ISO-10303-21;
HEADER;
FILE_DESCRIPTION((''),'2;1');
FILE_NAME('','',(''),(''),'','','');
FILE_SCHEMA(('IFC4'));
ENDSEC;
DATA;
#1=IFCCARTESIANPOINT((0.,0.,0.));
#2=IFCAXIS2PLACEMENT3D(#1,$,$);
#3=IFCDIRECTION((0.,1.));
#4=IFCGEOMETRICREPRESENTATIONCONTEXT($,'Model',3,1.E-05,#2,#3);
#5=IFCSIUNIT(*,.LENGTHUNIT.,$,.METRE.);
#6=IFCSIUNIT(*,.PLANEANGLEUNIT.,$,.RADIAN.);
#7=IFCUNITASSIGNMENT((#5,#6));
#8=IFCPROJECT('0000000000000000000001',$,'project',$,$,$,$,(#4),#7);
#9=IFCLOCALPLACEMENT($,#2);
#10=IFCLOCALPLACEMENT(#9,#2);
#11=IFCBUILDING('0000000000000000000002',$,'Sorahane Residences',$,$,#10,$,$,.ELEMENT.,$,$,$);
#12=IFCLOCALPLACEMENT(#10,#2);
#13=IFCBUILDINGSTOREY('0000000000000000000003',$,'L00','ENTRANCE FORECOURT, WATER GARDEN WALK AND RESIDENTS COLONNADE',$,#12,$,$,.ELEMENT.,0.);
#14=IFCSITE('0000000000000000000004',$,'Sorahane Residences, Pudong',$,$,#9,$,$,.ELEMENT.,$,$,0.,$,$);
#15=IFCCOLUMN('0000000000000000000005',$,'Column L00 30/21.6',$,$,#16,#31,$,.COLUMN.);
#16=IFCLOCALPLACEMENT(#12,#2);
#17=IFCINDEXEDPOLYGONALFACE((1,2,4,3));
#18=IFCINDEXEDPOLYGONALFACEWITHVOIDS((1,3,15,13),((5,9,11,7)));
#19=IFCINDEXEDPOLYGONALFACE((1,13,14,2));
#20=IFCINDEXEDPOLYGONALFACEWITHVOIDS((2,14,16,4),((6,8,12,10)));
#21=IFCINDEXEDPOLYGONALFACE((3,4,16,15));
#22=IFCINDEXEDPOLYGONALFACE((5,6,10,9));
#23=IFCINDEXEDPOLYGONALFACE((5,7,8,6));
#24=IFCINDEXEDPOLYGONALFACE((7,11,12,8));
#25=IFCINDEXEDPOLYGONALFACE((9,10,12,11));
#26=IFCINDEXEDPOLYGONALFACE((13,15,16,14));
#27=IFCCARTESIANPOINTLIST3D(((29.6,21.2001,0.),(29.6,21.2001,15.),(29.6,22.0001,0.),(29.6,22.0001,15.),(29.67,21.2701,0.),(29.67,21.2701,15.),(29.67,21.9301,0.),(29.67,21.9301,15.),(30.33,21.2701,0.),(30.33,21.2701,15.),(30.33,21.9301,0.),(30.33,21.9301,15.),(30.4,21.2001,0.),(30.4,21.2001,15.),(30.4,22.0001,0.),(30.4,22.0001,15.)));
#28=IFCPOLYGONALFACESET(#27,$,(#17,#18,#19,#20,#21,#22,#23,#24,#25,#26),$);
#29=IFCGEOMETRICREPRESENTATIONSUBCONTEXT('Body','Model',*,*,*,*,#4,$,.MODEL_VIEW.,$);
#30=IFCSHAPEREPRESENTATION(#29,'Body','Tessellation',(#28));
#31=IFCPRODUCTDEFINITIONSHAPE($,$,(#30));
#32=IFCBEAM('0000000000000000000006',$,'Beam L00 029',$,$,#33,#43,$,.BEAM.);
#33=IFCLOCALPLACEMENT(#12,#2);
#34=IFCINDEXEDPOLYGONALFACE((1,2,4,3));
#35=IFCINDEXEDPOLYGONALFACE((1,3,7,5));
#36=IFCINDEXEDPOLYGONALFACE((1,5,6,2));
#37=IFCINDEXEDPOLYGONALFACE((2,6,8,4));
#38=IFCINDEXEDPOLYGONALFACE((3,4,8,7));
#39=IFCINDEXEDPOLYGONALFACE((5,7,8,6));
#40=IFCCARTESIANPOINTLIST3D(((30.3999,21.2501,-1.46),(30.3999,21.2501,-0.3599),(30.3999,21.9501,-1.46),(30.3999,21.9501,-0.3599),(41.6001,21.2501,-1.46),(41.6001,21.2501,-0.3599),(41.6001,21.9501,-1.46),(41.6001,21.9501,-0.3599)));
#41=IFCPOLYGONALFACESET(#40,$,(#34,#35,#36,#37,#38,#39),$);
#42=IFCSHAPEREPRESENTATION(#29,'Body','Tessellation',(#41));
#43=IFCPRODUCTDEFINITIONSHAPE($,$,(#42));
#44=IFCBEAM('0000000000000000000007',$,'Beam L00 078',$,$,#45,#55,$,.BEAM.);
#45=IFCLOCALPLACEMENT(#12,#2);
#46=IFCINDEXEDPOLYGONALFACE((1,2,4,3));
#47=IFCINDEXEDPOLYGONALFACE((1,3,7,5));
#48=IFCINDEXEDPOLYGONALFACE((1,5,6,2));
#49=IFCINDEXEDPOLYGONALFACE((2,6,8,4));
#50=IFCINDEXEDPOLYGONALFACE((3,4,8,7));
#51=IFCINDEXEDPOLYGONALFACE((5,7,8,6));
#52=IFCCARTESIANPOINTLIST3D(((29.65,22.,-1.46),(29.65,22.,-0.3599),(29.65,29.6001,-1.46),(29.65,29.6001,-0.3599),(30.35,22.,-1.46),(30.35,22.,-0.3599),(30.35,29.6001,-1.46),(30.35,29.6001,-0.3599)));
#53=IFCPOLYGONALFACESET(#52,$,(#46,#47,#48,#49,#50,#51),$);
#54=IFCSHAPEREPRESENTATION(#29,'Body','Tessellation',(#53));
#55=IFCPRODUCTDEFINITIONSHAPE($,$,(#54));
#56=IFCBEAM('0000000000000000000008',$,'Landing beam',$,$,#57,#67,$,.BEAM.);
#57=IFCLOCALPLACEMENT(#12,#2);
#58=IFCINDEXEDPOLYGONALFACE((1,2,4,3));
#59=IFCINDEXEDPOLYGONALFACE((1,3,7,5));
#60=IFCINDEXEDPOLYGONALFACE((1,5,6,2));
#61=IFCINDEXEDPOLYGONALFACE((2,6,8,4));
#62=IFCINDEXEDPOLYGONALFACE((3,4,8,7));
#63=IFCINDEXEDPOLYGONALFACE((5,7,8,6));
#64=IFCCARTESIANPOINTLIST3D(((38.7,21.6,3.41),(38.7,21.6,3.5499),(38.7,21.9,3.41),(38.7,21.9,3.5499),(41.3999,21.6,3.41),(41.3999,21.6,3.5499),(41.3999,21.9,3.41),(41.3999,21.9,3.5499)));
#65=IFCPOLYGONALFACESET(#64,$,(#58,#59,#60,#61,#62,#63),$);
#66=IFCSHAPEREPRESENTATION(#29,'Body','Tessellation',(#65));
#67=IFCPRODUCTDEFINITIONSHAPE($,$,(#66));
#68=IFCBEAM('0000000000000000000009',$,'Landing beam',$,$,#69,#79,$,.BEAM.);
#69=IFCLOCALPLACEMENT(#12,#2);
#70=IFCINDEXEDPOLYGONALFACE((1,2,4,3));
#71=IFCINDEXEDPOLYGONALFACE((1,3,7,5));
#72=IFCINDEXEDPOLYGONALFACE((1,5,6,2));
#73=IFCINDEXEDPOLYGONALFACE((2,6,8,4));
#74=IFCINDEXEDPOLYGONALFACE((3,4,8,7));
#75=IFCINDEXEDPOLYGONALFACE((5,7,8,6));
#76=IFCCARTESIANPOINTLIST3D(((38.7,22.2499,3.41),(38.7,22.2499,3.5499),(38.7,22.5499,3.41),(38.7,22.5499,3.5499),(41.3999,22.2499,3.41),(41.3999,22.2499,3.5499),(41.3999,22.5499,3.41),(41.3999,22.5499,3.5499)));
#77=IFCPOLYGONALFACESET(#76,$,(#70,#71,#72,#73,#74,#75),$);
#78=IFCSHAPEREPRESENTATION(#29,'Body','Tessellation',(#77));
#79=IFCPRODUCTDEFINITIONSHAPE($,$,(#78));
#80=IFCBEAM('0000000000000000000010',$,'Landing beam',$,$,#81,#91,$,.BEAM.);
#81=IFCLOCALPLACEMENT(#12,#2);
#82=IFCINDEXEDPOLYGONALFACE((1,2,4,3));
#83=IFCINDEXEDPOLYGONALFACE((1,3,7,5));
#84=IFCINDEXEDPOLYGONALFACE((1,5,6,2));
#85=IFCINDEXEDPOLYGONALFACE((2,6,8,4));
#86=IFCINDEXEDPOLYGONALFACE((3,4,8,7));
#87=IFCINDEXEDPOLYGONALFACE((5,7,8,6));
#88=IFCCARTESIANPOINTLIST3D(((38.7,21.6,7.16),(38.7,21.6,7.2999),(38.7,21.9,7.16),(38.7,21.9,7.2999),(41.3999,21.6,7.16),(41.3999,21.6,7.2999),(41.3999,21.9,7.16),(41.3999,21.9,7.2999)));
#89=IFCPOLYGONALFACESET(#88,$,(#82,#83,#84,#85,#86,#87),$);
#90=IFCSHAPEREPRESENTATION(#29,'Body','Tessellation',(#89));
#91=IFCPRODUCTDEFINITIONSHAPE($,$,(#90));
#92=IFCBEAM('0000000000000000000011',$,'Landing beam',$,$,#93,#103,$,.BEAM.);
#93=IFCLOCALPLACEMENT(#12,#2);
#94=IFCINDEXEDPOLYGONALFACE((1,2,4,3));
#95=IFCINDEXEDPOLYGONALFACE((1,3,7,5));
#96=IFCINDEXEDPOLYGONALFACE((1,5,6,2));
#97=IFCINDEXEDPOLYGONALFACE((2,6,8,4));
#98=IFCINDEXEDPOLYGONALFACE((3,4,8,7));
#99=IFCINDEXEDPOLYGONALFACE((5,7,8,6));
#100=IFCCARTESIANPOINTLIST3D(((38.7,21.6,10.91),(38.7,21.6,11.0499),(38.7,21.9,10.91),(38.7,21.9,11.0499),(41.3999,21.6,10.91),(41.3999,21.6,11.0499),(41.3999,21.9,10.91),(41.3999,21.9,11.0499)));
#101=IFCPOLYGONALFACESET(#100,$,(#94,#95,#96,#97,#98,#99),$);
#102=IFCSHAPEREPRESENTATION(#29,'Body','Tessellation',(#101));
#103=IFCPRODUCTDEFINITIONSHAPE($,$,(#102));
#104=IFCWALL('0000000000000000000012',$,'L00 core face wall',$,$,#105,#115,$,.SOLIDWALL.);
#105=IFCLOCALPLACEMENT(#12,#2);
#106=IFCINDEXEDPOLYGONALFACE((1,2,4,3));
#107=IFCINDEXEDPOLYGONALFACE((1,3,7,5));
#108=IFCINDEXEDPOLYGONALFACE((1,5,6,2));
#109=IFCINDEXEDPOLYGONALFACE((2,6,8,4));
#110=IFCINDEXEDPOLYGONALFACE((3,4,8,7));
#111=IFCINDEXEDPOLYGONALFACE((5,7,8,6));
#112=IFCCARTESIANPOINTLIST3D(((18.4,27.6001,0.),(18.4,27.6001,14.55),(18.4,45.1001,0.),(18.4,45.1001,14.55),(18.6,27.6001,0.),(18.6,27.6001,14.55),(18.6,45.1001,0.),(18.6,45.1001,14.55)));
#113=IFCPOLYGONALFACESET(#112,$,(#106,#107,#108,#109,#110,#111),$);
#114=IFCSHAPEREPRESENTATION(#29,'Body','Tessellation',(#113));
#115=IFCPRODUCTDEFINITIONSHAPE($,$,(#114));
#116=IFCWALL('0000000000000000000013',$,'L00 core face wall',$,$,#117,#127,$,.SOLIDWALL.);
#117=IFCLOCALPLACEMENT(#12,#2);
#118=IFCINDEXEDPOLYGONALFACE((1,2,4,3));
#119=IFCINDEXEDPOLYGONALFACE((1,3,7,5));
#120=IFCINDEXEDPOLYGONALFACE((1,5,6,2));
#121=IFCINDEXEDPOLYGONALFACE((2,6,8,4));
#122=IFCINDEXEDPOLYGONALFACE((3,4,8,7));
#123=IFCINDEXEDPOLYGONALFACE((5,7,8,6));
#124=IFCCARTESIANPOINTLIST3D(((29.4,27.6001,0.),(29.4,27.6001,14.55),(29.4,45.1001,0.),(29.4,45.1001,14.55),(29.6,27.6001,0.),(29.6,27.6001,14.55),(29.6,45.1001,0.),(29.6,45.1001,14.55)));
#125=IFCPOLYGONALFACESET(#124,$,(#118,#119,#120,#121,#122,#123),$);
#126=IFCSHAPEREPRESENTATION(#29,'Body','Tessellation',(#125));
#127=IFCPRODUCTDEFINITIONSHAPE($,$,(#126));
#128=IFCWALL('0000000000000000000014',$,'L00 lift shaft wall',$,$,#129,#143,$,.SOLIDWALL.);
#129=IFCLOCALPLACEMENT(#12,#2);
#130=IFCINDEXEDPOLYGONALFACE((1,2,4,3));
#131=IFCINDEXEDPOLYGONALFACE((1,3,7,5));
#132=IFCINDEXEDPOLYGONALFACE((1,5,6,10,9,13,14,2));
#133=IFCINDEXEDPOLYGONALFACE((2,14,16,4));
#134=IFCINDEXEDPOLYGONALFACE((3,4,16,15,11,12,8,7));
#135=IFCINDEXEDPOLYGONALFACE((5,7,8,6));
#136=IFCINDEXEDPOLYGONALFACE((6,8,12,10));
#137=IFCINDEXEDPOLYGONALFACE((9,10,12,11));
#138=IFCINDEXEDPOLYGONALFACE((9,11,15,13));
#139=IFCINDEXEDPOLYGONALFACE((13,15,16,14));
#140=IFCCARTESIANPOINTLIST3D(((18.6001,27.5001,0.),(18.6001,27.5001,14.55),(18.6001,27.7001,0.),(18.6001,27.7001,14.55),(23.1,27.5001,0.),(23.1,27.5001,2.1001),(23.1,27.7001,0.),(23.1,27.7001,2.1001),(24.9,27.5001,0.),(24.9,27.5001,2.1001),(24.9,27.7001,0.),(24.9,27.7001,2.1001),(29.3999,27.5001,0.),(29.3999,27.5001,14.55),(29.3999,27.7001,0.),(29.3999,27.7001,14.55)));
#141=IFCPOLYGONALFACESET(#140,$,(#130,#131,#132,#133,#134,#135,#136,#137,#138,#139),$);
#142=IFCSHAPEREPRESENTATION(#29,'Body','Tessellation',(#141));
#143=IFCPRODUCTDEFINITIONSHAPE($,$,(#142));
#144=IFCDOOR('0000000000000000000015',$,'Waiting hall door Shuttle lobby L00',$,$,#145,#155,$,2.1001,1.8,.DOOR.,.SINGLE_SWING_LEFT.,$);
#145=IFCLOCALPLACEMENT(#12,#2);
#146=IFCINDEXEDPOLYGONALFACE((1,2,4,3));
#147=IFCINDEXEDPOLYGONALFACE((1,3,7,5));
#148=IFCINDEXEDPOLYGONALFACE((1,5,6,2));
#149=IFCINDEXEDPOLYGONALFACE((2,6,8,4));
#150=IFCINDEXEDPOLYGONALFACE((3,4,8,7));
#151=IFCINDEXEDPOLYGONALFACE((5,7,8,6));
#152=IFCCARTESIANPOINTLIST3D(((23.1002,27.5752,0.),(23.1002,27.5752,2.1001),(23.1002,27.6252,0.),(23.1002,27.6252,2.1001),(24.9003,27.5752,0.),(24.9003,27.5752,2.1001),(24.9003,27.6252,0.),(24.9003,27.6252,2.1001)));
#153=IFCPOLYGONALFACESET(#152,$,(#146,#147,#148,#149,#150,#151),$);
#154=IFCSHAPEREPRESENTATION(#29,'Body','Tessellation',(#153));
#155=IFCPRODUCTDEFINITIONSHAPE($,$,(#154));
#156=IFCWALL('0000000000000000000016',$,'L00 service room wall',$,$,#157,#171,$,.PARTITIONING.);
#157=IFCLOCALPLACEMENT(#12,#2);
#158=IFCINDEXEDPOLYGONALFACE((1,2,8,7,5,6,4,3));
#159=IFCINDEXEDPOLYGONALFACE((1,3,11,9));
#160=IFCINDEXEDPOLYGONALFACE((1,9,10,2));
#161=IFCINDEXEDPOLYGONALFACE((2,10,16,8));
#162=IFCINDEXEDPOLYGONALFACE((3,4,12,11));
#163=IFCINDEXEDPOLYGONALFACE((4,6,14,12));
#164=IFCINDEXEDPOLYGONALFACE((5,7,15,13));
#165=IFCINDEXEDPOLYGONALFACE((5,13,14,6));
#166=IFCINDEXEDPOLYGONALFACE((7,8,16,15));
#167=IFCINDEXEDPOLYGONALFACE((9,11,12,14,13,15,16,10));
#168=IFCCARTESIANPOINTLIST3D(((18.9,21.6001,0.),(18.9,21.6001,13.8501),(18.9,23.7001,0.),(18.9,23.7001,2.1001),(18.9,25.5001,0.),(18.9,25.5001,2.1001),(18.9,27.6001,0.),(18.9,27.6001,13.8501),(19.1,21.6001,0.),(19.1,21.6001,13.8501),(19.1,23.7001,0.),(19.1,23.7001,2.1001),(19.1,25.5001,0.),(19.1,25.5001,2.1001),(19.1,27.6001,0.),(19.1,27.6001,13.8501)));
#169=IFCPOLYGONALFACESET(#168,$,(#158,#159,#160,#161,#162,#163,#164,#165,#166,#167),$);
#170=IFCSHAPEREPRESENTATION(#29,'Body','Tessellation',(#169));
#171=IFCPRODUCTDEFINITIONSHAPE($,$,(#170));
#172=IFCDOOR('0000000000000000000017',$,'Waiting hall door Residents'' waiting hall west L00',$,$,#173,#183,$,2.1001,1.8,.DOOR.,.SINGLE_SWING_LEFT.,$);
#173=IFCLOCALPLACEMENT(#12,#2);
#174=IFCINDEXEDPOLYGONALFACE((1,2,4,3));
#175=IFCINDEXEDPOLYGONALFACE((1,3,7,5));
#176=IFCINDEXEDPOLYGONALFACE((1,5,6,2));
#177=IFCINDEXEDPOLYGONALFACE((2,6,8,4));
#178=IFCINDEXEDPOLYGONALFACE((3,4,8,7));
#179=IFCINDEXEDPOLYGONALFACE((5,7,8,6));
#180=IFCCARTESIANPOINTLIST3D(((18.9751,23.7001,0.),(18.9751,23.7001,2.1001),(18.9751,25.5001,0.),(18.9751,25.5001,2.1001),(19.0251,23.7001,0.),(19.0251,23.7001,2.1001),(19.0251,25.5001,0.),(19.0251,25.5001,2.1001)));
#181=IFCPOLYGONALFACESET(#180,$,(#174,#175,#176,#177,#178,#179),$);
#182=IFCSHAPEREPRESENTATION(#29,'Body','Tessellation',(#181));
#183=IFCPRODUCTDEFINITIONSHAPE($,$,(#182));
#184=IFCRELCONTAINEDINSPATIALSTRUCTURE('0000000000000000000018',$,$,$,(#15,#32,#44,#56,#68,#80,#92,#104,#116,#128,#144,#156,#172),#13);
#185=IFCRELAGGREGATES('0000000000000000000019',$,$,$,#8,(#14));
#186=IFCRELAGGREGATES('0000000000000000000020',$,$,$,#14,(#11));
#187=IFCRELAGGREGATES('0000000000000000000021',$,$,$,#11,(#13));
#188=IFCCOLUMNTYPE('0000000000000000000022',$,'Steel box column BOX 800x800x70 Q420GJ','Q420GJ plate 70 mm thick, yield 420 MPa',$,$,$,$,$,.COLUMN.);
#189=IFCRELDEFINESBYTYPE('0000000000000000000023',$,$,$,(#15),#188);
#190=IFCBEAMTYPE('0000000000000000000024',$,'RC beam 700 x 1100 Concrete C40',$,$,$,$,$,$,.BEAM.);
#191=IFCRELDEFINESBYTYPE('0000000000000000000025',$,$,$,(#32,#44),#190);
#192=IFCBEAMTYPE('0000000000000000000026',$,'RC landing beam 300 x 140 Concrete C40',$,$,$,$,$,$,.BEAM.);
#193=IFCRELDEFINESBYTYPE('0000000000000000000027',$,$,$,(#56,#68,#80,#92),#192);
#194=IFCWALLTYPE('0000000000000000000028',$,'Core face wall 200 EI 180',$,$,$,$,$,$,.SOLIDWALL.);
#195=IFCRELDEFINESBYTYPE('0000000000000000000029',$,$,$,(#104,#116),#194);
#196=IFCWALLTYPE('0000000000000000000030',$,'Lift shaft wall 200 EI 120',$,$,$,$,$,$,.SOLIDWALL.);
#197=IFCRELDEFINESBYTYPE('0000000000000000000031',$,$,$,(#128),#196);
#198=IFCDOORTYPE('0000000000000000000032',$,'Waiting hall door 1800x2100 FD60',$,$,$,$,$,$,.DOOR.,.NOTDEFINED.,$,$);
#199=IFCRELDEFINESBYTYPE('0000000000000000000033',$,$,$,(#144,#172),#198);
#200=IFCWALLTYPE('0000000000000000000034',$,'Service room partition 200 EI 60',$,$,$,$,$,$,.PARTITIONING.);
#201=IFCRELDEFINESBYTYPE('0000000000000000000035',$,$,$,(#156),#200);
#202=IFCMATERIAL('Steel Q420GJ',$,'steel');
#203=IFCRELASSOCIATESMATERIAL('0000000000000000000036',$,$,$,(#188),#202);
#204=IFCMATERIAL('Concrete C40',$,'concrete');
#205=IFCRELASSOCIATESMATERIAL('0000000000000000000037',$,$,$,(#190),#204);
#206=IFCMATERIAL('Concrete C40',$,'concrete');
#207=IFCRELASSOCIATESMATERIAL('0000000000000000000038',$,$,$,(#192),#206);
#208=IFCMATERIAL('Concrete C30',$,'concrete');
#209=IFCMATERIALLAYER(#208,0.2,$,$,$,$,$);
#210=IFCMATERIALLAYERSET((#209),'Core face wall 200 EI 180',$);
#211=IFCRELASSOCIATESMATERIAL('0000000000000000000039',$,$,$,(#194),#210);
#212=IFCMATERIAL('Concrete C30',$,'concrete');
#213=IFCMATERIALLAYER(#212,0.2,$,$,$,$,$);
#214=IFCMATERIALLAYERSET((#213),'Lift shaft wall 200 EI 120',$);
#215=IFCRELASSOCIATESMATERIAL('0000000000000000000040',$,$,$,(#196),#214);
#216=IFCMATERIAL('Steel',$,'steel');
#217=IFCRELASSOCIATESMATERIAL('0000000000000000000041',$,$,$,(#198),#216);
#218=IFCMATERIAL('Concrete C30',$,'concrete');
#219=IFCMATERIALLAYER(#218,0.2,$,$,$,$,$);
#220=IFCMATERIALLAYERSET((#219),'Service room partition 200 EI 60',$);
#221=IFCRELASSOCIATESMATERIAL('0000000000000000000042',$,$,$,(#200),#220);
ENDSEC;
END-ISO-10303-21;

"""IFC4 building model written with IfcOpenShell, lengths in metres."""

from ifc_helpers import new_model, si_unit, direction, frame, frame_2d, origin, origin_2d, place, context, subcontext, project, spatial, rectangle, hollow_rectangle, extrude, material, layer, layer_set, material_profile, profile_set, type_object, element, fill, save


model = new_model("IFC4")

# Units and contexts
model_context = context("Model", 3, precision=1e-05, world=origin(), true_north=direction((0.0, 1.0)))
body_context = subcontext(model_context, "Body", "Model", "MODEL_VIEW")
ifc_project = project(units=[si_unit("LENGTHUNIT", "METRE"), si_unit("PLANEANGLEUNIT", "RADIAN")], contexts=[model_context])

# Site, building, storey
site_placement = place(None, origin())
site = spatial("IfcSite", under=ifc_project, at=site_placement, Name="Sorahane Residences, Pudong", CompositionType="ELEMENT", RefElevation=0.0)
building_placement = place(site_placement, origin())
building = spatial("IfcBuilding", under=site, at=building_placement, Name="Sorahane Residences", CompositionType="ELEMENT")
storey_placement = place(building_placement, origin())
storey = spatial("IfcBuildingStorey", under=building, at=storey_placement, Name="L00", Description="ENTRANCE FORECOURT, WATER GARDEN WALK AND RESIDENTS COLONNADE", CompositionType="ELEMENT", Elevation=0.0)

# Column
ifc_material_1 = material(Name="Steel Q420GJ", Category="steel")
ifc_material_profile_1 = material_profile(ifc_material_1, hollow_rectangle(XDim=0.8, YDim=0.8, WallThickness=0.0701, at=origin_2d()), Name="BOX 800x800x70")
ifc_profile_set_1 = profile_set([ifc_material_profile_1], Name="Steel Q420GJ")
column_type = type_object("IfcColumnType", Name="Steel box column BOX 800x800x70 Q420GJ", Description="Q420GJ plate 70 mm thick, yield 420 MPa", PredefinedType="COLUMN", material=ifc_profile_set_1)
column_placement = place(storey_placement, frame((30.0, 21.6001, 0.0), z_axis=(0.0, 0.0, 1.0), x_axis=(1.0, 0.0, 0.0)))
element("IfcColumn", 1, at=column_placement, inside=storey, type_object=column_type, Name="Column L00 30/21.6", PredefinedType="COLUMN", context=body_context, shape_type="SweptSolid", body=[
    extrude(hollow_rectangle(XDim=0.8, YDim=0.8, WallThickness=0.0701, at=origin_2d()), origin(), (0.0, 0.0, 1.0), 15.0),
])

# Beams
ifc_material_2 = material(Name="Concrete C40", Category="concrete")
ifc_material_profile_2 = material_profile(ifc_material_2, rectangle(XDim=0.7, YDim=1.1001, at=origin_2d()), Name="700x1100")
ifc_profile_set_2 = profile_set([ifc_material_profile_2], Name="Concrete C40")
beam_type_1 = type_object("IfcBeamType", Name="RC beam 700 x 1100 Concrete C40", PredefinedType="BEAM", material=ifc_profile_set_2)
beam_1_placement = place(storey_placement, frame((30.3999, 21.6001, -0.9099), z_axis=(1.0, 0.0, 0.0), x_axis=(0.0, 1.0, 0.0)))
element("IfcBeam", 2, at=beam_1_placement, inside=storey, type_object=beam_type_1, Name="Beam L00 029", PredefinedType="BEAM", context=body_context, shape_type="SweptSolid", body=[
    extrude(rectangle(XDim=0.7, YDim=1.1001, at=origin_2d()), origin(), (0.0, 0.0, 1.0), 11.2002),
])
beam_2_placement = place(storey_placement, frame((30.0, 22.0, -0.9099), z_axis=(0.0, 1.0, 0.0), x_axis=(-1.0, 0.0, 0.0)))
element("IfcBeam", 3, at=beam_2_placement, inside=storey, type_object=beam_type_1, Name="Beam L00 078", PredefinedType="BEAM", context=body_context, shape_type="SweptSolid", body=[
    extrude(rectangle(XDim=0.7, YDim=1.1001, at=origin_2d()), origin(), (0.0, 0.0, 1.0), 7.6001),
])
ifc_material_3 = material(Name="Concrete C40", Category="concrete")
ifc_material_profile_3 = material_profile(ifc_material_3, rectangle(XDim=0.3, YDim=0.1399, at=origin_2d()), Name="300x140")
ifc_profile_set_3 = profile_set([ifc_material_profile_3], Name="Concrete C40")
beam_type_2 = type_object("IfcBeamType", Name="RC landing beam 300 x 140 Concrete C40", PredefinedType="BEAM", material=ifc_profile_set_3)
for number, where, z_axis, x_axis, name in (
    (4, (38.7, 21.75, 3.48), (1.0, 0.0, 0.0), (0.0, 1.0, 0.0), "Landing beam"),
    (5, (38.7, 22.3999, 3.48), (1.0, 0.0, 0.0), (0.0, 1.0, 0.0), "Landing beam"),
    (6, (38.7, 21.75, 7.23), (1.0, 0.0, 0.0), (0.0, 1.0, 0.0), "Landing beam"),
    (7, (38.7, 21.75, 10.98), (1.0, 0.0, 0.0), (0.0, 1.0, 0.0), "Landing beam"),
):
    element("IfcBeam", number, at=place(storey_placement, frame(where, z_axis=z_axis, x_axis=x_axis)), inside=storey, type_object=beam_type_2, Name=name, PredefinedType="BEAM", context=body_context, shape_type="SweptSolid", body=[
        extrude(rectangle(XDim=0.3, YDim=0.1399, at=origin_2d()), origin(), (0.0, 0.0, 1.0), 2.7),
    ])

# Walls
ifc_material_4 = material(Name="Concrete C30", Category="concrete")
ifc_layer_1 = layer(ifc_material_4, 0.2)
ifc_layer_set_1 = layer_set([ifc_layer_1], Name="Core face wall 200 EI 180")
wall_type_1 = type_object("IfcWallType", Name="Core face wall 200 EI 180", PredefinedType="SOLIDWALL", material=ifc_layer_set_1)
for number, where, z_axis, x_axis, name in (
    (8, (18.5, 27.6001, 0.0), (0.0, 0.0, 1.0), (0.0, 1.0, 0.0), "L00 core face wall"),
    (9, (29.5, 27.6001, 0.0), (0.0, 0.0, 1.0), (0.0, 1.0, 0.0), "L00 core face wall"),
):
    element("IfcWall", number, at=place(storey_placement, frame(where, z_axis=z_axis, x_axis=x_axis)), inside=storey, type_object=wall_type_1, Name=name, PredefinedType="SOLIDWALL", context=body_context, shape_type="SweptSolid", body=[
        extrude(rectangle(XDim=17.5, YDim=0.2, at=frame_2d((8.75, 0.0))), origin(), (0.0, 0.0, 1.0), 14.55),
    ])

# Walls, openings, doors
ifc_material_5 = material(Name="Concrete C30", Category="concrete")
ifc_layer_2 = layer(ifc_material_5, 0.2)
ifc_layer_set_2 = layer_set([ifc_layer_2], Name="Lift shaft wall 200 EI 120")
wall_type_2 = type_object("IfcWallType", Name="Lift shaft wall 200 EI 120", PredefinedType="SOLIDWALL", material=ifc_layer_set_2)
wall_1_placement = place(storey_placement, frame((18.6001, 27.6001, 0.0), z_axis=(0.0, 0.0, 1.0), x_axis=(1.0, 0.0, 0.0)))
wall_1 = element("IfcWall", 10, at=wall_1_placement, inside=storey, type_object=wall_type_2, Name="L00 lift shaft wall", PredefinedType="SOLIDWALL", context=body_context, shape_type="SweptSolid", body=[
    extrude(rectangle(XDim=10.7998, YDim=0.2, at=frame_2d((5.3999, 0.0))), origin(), (0.0, 0.0, 1.0), 14.55),
])
opening_1_placement = place(wall_1_placement, frame((4.5, 0.0, 0.0)))
opening_1 = element("IfcOpeningElement", 11, at=opening_1_placement, cuts=wall_1, PredefinedType="OPENING", context=body_context, shape_type="SweptSolid", body=[
    extrude(rectangle(XDim=1.8, YDim=2.1001, at=frame_2d((0.8999, 1.05))), frame((0.0, 0.1099, 0.0), z_axis=(0.0, -1.0, 0.0), x_axis=(1.0, 0.0, 0.0)), (0.0, 0.0, 1.0), 0.22),
])
ifc_material_6 = material(Name="Steel", Category="steel")
door_type_1 = type_object("IfcDoorType", Name="Waiting hall door 1800x2100 FD60", OperationType="NOTDEFINED", PredefinedType="DOOR", material=ifc_material_6)
door_1_placement = place(opening_1_placement, frame((1.8, 0.0, 0.0), z_axis=(0.0, 0.0, 1.0), x_axis=(-1.0, 0.0, 0.0)))
door_1 = element("IfcDoor", 12, at=door_1_placement, inside=storey, type_object=door_type_1, Name="Waiting hall door Shuttle lobby L00", OperationType="SINGLE_SWING_LEFT", OverallHeight=2.1001, OverallWidth=1.8, PredefinedType="DOOR", context=body_context, shape_type="SweptSolid", body=[
    extrude(rectangle(XDim=1.8, YDim=2.1001, at=frame_2d((0.8999, 1.05))), frame((0.0, 0.0249, 0.0), z_axis=(0.0, -1.0, 0.0), x_axis=(1.0, 0.0, 0.0)), (0.0, 0.0, 1.0), 0.05),
])
fill(opening_1, door_1)
ifc_material_7 = material(Name="Concrete C30", Category="concrete")
ifc_layer_3 = layer(ifc_material_7, 0.2)
ifc_layer_set_3 = layer_set([ifc_layer_3], Name="Service room partition 200 EI 60")
wall_type_3 = type_object("IfcWallType", Name="Service room partition 200 EI 60", PredefinedType="PARTITIONING", material=ifc_layer_set_3)
wall_2_placement = place(storey_placement, frame((19.0, 21.6001, 0.0), z_axis=(0.0, 0.0, 1.0), x_axis=(0.0, 1.0, 0.0)))
wall_2 = element("IfcWall", 13, at=wall_2_placement, inside=storey, type_object=wall_type_3, Name="L00 service room wall", PredefinedType="PARTITIONING", context=body_context, shape_type="SweptSolid", body=[
    extrude(rectangle(XDim=6.0, YDim=0.2, at=frame_2d((3.0, 0.0))), origin(), (0.0, 0.0, 1.0), 13.8501),
])
opening_2_placement = place(wall_2_placement, frame((2.1001, 0.0, 0.0)))
opening_2 = element("IfcOpeningElement", 14, at=opening_2_placement, cuts=wall_2, PredefinedType="OPENING", context=body_context, shape_type="SweptSolid", body=[
    extrude(rectangle(XDim=1.8, YDim=2.1001, at=frame_2d((0.8999, 1.05))), frame((0.0, 0.1099, 0.0), z_axis=(0.0, -1.0, 0.0), x_axis=(1.0, 0.0, 0.0)), (0.0, 0.0, 1.0), 0.22),
])
door_2_placement = place(opening_2_placement, origin())
door_2 = element("IfcDoor", 15, at=door_2_placement, inside=storey, type_object=door_type_1, Name="Waiting hall door Residents' waiting hall west L00", OperationType="SINGLE_SWING_LEFT", OverallHeight=2.1001, OverallWidth=1.8, PredefinedType="DOOR", context=body_context, shape_type="SweptSolid", body=[
    extrude(rectangle(XDim=1.8, YDim=2.1001, at=frame_2d((0.8999, 1.05))), frame((0.0, 0.0249, 0.0), z_axis=(0.0, -1.0, 0.0), x_axis=(1.0, 0.0, 0.0)), (0.0, 0.0, 1.0), 0.05),
])
fill(opening_2, door_2)

save(model, "model.ifc")
